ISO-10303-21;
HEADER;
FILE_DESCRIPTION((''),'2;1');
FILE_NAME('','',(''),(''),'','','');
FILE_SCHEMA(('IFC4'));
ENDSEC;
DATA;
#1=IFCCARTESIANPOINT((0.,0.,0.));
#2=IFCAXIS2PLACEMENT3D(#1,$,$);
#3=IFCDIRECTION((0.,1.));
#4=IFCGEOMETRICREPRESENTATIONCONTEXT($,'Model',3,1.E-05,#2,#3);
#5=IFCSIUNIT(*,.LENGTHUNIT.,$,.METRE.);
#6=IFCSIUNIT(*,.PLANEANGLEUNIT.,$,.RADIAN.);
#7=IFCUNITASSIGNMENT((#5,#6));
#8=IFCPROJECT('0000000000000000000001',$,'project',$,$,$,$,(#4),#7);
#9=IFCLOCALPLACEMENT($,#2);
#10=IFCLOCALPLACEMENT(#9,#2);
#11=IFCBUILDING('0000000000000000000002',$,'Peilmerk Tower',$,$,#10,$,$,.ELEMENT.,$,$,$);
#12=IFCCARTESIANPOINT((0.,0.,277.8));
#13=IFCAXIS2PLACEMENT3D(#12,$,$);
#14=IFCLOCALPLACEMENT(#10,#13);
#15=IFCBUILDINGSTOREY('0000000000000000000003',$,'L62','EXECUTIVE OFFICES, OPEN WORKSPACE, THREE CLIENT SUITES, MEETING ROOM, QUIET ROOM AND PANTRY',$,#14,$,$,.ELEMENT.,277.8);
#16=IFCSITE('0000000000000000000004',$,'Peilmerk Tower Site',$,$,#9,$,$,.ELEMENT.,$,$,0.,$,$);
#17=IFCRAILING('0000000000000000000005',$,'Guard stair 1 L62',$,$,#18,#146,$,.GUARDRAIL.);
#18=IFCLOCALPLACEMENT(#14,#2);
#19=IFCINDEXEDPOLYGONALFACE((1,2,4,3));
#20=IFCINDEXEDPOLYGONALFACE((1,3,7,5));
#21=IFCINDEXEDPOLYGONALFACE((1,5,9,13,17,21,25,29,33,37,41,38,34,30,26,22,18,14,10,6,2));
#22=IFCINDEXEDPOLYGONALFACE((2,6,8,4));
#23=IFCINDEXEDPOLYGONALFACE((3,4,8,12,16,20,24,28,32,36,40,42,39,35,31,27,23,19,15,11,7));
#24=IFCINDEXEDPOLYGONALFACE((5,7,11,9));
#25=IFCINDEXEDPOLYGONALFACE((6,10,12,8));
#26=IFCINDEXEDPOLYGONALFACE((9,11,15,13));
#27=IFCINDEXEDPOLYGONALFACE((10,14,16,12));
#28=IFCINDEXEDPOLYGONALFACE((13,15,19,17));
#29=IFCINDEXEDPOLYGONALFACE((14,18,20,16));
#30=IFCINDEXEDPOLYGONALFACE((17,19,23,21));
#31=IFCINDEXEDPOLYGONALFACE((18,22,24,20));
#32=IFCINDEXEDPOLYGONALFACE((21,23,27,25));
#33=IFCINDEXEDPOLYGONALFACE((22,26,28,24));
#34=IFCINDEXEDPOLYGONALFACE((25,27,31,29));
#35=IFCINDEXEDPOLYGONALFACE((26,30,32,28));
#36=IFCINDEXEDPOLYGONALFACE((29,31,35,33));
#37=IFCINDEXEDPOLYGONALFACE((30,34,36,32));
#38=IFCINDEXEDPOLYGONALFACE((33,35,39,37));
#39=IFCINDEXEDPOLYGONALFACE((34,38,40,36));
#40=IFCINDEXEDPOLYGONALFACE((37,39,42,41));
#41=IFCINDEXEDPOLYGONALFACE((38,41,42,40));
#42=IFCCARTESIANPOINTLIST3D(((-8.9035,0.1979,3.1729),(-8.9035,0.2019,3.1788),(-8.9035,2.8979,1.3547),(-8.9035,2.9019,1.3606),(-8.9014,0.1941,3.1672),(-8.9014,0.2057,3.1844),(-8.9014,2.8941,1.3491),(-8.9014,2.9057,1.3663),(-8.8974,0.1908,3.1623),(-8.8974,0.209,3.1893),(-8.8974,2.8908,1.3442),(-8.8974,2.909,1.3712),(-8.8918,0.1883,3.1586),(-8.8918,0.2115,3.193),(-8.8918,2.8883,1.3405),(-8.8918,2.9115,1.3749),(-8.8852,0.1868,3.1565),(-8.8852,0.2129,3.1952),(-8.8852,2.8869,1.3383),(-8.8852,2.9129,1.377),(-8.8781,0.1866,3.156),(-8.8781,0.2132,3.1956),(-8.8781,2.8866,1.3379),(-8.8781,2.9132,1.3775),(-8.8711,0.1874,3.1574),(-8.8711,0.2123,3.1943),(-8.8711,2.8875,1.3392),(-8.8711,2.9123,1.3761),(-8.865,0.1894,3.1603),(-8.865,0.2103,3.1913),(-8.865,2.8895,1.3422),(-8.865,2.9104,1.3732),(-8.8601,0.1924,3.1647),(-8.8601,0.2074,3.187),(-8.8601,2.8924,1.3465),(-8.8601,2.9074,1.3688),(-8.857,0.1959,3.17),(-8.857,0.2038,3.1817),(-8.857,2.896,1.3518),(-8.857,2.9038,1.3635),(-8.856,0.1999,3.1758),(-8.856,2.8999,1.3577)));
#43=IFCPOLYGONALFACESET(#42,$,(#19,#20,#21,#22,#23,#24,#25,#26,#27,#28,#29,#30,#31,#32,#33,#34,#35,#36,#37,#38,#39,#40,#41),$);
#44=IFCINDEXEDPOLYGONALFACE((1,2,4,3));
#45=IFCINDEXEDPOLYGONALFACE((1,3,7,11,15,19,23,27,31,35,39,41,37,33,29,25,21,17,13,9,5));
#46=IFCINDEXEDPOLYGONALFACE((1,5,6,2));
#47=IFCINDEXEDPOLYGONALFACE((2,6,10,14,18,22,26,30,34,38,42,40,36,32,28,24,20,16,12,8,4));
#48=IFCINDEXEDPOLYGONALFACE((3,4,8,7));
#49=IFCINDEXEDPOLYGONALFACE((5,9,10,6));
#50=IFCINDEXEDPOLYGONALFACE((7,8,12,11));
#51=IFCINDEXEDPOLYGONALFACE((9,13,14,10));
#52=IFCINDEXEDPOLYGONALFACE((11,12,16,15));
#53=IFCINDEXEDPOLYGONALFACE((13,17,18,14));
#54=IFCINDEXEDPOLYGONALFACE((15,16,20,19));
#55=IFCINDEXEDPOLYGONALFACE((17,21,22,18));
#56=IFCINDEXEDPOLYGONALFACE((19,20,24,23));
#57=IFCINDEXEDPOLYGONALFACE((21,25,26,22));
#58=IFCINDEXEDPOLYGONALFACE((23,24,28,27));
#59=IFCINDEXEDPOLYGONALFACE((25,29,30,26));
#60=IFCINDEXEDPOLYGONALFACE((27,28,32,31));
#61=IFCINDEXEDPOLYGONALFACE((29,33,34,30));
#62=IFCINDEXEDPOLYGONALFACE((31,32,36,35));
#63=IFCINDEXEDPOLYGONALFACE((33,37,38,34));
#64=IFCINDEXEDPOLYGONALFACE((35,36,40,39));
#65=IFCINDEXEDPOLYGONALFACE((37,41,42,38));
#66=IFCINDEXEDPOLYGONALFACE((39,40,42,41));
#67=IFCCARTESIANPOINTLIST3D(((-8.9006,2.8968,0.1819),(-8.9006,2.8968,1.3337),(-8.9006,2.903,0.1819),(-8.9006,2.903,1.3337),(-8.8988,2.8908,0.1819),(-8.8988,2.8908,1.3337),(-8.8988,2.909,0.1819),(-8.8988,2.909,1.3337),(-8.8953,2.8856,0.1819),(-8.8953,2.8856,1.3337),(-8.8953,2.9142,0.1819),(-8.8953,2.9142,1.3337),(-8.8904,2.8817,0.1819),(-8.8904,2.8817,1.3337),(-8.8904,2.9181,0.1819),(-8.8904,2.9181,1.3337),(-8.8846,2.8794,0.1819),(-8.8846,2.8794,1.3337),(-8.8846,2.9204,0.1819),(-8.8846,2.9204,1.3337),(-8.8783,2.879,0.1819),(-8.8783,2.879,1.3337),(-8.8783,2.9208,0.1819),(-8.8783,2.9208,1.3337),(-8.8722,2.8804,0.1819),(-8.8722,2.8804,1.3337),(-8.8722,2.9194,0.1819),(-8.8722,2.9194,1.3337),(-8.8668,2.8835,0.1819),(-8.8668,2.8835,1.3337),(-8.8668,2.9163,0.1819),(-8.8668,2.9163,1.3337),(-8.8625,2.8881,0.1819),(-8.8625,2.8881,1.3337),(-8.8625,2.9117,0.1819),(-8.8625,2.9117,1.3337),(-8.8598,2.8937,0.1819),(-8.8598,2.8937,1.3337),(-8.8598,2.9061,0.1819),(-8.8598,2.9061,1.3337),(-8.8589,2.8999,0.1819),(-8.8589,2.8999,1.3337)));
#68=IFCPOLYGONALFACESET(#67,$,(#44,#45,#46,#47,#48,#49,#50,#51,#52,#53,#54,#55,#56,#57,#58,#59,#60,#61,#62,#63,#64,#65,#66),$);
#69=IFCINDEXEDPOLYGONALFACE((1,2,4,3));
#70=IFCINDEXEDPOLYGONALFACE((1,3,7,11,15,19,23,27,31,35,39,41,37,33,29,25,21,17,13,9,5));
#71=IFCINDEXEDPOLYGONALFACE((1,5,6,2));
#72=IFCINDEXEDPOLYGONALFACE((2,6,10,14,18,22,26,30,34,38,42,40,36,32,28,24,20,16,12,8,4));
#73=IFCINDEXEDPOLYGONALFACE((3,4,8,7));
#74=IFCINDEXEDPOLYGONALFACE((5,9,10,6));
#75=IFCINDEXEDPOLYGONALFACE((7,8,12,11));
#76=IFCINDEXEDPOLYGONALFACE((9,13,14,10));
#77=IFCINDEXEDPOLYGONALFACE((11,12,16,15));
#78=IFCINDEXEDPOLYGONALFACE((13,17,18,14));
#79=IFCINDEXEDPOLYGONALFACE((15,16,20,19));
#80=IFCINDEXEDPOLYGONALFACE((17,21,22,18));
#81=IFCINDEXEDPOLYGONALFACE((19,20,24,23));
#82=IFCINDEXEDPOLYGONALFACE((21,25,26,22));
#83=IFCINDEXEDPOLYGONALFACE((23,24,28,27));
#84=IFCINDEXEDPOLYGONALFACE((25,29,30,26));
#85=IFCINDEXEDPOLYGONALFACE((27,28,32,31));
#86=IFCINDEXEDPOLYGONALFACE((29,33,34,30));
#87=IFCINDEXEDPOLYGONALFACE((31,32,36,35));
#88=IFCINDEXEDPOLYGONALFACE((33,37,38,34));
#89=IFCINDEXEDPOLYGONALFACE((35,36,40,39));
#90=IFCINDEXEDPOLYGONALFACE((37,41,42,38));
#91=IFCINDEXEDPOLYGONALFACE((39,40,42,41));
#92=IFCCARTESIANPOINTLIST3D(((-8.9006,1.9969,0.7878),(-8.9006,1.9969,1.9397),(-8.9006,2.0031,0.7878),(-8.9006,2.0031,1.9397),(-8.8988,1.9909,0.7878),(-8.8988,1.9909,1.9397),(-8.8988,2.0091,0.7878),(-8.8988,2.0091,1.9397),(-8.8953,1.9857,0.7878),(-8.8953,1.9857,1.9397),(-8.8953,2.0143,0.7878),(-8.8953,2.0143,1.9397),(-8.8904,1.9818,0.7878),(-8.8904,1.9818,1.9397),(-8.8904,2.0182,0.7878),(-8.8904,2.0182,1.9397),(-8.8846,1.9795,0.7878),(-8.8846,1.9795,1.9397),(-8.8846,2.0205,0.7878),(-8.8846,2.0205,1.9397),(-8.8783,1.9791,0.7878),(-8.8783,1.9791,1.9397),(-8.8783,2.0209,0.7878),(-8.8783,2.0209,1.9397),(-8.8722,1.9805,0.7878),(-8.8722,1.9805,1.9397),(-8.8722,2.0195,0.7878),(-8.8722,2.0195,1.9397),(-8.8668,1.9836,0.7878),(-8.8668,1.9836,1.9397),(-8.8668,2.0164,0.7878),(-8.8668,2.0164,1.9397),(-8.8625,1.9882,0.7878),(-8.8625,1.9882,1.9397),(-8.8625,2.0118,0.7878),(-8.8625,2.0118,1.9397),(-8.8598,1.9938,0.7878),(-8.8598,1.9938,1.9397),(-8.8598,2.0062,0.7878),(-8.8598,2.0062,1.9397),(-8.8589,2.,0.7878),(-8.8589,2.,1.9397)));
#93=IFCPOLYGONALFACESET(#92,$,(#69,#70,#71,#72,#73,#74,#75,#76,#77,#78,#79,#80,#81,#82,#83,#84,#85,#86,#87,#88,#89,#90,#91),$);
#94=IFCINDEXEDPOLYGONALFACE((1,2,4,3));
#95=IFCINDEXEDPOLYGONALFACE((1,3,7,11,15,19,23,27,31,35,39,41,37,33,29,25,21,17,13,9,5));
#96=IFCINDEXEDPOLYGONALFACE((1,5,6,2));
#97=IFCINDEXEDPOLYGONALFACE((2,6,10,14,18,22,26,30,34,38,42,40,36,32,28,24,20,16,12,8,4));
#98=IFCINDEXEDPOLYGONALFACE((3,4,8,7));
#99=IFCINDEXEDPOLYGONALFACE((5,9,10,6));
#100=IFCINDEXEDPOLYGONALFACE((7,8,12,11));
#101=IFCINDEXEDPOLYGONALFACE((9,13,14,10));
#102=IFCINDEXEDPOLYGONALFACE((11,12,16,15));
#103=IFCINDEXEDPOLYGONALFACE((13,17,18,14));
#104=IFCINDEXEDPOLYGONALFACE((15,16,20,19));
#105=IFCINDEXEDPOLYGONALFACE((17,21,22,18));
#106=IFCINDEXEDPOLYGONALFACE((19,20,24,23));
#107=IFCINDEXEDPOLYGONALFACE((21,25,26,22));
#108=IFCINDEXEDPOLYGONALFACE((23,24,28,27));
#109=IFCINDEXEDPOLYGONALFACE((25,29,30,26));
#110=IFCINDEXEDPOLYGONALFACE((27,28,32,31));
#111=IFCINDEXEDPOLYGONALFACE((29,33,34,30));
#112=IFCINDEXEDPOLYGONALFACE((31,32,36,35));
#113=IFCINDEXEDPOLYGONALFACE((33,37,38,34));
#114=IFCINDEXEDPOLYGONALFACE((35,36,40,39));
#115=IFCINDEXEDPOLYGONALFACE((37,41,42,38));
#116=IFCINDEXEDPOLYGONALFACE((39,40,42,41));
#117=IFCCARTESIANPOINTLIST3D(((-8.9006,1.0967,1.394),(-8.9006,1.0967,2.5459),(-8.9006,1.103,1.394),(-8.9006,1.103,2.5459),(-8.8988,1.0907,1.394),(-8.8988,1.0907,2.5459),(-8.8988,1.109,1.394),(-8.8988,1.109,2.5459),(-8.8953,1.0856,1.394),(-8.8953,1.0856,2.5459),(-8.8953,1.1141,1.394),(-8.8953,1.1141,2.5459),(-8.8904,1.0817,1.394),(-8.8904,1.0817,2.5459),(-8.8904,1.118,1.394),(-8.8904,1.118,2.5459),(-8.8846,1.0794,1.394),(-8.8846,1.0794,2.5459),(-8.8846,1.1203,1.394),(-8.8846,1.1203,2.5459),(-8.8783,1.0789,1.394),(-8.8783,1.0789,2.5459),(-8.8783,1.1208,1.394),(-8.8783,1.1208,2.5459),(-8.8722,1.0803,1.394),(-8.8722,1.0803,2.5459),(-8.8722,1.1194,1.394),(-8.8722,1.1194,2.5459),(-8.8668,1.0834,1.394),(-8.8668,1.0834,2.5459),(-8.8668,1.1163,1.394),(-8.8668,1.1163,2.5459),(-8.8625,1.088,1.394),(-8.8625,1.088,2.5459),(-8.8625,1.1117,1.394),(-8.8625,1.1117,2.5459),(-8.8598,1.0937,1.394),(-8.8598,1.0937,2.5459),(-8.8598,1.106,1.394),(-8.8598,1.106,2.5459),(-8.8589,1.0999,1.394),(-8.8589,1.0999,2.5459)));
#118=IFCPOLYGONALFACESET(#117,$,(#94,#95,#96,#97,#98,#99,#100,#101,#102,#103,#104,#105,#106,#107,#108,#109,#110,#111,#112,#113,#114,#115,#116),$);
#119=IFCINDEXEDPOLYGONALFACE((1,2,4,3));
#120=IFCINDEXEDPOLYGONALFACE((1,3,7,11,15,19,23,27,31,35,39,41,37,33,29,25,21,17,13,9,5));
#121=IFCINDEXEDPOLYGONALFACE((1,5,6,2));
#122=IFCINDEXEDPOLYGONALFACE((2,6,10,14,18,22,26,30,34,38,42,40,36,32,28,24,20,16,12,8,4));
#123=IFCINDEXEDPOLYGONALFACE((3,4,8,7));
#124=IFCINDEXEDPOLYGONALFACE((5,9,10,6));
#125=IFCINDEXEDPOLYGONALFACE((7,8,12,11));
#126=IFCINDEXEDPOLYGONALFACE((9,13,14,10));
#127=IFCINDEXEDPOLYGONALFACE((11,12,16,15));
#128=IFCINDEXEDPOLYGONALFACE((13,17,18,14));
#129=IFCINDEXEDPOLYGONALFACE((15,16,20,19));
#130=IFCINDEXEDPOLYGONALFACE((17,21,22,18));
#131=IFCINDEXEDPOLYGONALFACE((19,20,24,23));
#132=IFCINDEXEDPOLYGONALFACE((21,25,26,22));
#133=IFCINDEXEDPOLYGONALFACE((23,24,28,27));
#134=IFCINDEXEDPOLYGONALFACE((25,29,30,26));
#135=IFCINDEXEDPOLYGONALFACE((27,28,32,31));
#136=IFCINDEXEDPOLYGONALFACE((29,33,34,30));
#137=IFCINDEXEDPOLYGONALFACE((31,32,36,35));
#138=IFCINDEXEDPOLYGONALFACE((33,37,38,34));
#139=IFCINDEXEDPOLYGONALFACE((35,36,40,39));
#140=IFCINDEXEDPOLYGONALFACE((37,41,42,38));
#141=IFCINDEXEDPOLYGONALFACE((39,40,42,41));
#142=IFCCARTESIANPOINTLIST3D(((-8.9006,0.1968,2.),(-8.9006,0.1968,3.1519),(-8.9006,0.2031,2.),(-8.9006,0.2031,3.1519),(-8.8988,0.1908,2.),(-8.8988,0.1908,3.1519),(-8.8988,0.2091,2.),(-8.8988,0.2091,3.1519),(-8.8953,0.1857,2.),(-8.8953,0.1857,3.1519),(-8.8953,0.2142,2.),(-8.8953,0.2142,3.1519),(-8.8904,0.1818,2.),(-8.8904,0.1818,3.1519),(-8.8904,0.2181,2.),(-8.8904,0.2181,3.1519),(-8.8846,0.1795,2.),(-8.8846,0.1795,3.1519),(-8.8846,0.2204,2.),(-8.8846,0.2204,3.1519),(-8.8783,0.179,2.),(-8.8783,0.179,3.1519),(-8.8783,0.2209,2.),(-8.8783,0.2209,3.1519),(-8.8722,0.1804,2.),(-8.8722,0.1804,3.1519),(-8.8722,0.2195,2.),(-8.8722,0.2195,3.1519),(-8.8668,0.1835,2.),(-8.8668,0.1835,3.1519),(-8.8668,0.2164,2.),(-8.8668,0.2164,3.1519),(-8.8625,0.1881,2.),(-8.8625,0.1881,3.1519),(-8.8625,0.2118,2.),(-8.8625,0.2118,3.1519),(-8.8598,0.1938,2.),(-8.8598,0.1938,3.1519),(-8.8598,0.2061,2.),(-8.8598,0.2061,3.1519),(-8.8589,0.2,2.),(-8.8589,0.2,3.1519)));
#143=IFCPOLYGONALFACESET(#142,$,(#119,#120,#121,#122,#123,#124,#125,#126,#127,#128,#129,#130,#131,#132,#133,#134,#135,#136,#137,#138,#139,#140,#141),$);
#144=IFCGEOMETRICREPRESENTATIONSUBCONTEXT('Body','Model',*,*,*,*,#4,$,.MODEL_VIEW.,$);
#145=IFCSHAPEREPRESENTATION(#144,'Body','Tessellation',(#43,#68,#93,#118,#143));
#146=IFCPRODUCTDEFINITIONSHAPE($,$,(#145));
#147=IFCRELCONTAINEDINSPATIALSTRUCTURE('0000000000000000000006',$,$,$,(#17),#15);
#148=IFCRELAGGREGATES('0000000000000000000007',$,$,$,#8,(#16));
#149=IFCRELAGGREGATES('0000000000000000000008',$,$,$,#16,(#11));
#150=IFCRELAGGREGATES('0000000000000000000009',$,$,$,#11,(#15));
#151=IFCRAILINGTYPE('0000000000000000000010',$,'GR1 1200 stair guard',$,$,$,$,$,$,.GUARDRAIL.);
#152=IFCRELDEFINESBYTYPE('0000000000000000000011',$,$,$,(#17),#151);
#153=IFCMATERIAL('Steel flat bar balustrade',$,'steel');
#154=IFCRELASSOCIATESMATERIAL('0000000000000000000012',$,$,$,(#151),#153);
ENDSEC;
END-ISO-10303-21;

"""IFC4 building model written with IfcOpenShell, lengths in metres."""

from ifc_helpers import new_model, si_unit, direction, frame, origin, origin_2d, place, context, subcontext, project, spatial, circle, extrude, material, type_object, element, save


model = new_model("IFC4")

# Units and contexts
model_context = context("Model", 3, precision=1e-05, world=origin(), true_north=direction((0.0, 1.0)))
body_context = subcontext(model_context, "Body", "Model", "MODEL_VIEW")
ifc_project = project(units=[si_unit("LENGTHUNIT", "METRE"), si_unit("PLANEANGLEUNIT", "RADIAN")], contexts=[model_context])

# Site, building, storey
site_placement = place(None, origin())
site = spatial("IfcSite", under=ifc_project, at=site_placement, Name="Peilmerk Tower Site", CompositionType="ELEMENT", RefElevation=0.0)
building_placement = place(site_placement, origin())
building = spatial("IfcBuilding", under=site, at=building_placement, Name="Peilmerk Tower", CompositionType="ELEMENT")
storey_placement = place(building_placement, frame((0.0, 0.0, 277.8)))
storey = spatial("IfcBuildingStorey", under=building, at=storey_placement, Name="L62", Description="EXECUTIVE OFFICES, OPEN WORKSPACE, THREE CLIENT SUITES, MEETING ROOM, QUIET ROOM AND PANTRY", CompositionType="ELEMENT", Elevation=277.8)

# Railing
ifc_material_1 = material(Name="Steel flat bar balustrade", Category="steel")
railing_type_1 = type_object("IfcRailingType", Name="GR1 1200 stair guard", PredefinedType="GUARDRAIL", material=ifc_material_1)
railing_1_placement = place(storey_placement, frame((-8.8799, 2.8999, 0.1819)))
element("IfcRailing", 1, at=railing_1_placement, inside=storey, type_object=railing_type_1, Name="Guard stair 1 L62", PredefinedType="GUARDRAIL", context=body_context, shape_type="SweptSolid", body=[
    extrude(circle(Radius=0.0239, at=origin_2d()), frame((0.0, 0.0, 1.1758), z_axis=(0.0, -0.829468, 0.558554), x_axis=(1.0, 0.0, 0.0)), (0.0, 0.0, 1.0), 3.2551),
    extrude(circle(Radius=0.021, at=origin_2d()), origin(), (0.0, 0.0, 1.0), 1.1519),
    extrude(circle(Radius=0.021, at=origin_2d()), frame((0.0, -0.8999, 0.606)), (0.0, 0.0, 1.0), 1.1519),
    extrude(circle(Radius=0.021, at=origin_2d()), frame((0.0, -1.8, 1.2122)), (0.0, 0.0, 1.0), 1.1519),
    extrude(circle(Radius=0.021, at=origin_2d()), frame((0.0, -2.7, 1.8181)), (0.0, 0.0, 1.0), 1.1519),
])

save(model, "model.ifc")
